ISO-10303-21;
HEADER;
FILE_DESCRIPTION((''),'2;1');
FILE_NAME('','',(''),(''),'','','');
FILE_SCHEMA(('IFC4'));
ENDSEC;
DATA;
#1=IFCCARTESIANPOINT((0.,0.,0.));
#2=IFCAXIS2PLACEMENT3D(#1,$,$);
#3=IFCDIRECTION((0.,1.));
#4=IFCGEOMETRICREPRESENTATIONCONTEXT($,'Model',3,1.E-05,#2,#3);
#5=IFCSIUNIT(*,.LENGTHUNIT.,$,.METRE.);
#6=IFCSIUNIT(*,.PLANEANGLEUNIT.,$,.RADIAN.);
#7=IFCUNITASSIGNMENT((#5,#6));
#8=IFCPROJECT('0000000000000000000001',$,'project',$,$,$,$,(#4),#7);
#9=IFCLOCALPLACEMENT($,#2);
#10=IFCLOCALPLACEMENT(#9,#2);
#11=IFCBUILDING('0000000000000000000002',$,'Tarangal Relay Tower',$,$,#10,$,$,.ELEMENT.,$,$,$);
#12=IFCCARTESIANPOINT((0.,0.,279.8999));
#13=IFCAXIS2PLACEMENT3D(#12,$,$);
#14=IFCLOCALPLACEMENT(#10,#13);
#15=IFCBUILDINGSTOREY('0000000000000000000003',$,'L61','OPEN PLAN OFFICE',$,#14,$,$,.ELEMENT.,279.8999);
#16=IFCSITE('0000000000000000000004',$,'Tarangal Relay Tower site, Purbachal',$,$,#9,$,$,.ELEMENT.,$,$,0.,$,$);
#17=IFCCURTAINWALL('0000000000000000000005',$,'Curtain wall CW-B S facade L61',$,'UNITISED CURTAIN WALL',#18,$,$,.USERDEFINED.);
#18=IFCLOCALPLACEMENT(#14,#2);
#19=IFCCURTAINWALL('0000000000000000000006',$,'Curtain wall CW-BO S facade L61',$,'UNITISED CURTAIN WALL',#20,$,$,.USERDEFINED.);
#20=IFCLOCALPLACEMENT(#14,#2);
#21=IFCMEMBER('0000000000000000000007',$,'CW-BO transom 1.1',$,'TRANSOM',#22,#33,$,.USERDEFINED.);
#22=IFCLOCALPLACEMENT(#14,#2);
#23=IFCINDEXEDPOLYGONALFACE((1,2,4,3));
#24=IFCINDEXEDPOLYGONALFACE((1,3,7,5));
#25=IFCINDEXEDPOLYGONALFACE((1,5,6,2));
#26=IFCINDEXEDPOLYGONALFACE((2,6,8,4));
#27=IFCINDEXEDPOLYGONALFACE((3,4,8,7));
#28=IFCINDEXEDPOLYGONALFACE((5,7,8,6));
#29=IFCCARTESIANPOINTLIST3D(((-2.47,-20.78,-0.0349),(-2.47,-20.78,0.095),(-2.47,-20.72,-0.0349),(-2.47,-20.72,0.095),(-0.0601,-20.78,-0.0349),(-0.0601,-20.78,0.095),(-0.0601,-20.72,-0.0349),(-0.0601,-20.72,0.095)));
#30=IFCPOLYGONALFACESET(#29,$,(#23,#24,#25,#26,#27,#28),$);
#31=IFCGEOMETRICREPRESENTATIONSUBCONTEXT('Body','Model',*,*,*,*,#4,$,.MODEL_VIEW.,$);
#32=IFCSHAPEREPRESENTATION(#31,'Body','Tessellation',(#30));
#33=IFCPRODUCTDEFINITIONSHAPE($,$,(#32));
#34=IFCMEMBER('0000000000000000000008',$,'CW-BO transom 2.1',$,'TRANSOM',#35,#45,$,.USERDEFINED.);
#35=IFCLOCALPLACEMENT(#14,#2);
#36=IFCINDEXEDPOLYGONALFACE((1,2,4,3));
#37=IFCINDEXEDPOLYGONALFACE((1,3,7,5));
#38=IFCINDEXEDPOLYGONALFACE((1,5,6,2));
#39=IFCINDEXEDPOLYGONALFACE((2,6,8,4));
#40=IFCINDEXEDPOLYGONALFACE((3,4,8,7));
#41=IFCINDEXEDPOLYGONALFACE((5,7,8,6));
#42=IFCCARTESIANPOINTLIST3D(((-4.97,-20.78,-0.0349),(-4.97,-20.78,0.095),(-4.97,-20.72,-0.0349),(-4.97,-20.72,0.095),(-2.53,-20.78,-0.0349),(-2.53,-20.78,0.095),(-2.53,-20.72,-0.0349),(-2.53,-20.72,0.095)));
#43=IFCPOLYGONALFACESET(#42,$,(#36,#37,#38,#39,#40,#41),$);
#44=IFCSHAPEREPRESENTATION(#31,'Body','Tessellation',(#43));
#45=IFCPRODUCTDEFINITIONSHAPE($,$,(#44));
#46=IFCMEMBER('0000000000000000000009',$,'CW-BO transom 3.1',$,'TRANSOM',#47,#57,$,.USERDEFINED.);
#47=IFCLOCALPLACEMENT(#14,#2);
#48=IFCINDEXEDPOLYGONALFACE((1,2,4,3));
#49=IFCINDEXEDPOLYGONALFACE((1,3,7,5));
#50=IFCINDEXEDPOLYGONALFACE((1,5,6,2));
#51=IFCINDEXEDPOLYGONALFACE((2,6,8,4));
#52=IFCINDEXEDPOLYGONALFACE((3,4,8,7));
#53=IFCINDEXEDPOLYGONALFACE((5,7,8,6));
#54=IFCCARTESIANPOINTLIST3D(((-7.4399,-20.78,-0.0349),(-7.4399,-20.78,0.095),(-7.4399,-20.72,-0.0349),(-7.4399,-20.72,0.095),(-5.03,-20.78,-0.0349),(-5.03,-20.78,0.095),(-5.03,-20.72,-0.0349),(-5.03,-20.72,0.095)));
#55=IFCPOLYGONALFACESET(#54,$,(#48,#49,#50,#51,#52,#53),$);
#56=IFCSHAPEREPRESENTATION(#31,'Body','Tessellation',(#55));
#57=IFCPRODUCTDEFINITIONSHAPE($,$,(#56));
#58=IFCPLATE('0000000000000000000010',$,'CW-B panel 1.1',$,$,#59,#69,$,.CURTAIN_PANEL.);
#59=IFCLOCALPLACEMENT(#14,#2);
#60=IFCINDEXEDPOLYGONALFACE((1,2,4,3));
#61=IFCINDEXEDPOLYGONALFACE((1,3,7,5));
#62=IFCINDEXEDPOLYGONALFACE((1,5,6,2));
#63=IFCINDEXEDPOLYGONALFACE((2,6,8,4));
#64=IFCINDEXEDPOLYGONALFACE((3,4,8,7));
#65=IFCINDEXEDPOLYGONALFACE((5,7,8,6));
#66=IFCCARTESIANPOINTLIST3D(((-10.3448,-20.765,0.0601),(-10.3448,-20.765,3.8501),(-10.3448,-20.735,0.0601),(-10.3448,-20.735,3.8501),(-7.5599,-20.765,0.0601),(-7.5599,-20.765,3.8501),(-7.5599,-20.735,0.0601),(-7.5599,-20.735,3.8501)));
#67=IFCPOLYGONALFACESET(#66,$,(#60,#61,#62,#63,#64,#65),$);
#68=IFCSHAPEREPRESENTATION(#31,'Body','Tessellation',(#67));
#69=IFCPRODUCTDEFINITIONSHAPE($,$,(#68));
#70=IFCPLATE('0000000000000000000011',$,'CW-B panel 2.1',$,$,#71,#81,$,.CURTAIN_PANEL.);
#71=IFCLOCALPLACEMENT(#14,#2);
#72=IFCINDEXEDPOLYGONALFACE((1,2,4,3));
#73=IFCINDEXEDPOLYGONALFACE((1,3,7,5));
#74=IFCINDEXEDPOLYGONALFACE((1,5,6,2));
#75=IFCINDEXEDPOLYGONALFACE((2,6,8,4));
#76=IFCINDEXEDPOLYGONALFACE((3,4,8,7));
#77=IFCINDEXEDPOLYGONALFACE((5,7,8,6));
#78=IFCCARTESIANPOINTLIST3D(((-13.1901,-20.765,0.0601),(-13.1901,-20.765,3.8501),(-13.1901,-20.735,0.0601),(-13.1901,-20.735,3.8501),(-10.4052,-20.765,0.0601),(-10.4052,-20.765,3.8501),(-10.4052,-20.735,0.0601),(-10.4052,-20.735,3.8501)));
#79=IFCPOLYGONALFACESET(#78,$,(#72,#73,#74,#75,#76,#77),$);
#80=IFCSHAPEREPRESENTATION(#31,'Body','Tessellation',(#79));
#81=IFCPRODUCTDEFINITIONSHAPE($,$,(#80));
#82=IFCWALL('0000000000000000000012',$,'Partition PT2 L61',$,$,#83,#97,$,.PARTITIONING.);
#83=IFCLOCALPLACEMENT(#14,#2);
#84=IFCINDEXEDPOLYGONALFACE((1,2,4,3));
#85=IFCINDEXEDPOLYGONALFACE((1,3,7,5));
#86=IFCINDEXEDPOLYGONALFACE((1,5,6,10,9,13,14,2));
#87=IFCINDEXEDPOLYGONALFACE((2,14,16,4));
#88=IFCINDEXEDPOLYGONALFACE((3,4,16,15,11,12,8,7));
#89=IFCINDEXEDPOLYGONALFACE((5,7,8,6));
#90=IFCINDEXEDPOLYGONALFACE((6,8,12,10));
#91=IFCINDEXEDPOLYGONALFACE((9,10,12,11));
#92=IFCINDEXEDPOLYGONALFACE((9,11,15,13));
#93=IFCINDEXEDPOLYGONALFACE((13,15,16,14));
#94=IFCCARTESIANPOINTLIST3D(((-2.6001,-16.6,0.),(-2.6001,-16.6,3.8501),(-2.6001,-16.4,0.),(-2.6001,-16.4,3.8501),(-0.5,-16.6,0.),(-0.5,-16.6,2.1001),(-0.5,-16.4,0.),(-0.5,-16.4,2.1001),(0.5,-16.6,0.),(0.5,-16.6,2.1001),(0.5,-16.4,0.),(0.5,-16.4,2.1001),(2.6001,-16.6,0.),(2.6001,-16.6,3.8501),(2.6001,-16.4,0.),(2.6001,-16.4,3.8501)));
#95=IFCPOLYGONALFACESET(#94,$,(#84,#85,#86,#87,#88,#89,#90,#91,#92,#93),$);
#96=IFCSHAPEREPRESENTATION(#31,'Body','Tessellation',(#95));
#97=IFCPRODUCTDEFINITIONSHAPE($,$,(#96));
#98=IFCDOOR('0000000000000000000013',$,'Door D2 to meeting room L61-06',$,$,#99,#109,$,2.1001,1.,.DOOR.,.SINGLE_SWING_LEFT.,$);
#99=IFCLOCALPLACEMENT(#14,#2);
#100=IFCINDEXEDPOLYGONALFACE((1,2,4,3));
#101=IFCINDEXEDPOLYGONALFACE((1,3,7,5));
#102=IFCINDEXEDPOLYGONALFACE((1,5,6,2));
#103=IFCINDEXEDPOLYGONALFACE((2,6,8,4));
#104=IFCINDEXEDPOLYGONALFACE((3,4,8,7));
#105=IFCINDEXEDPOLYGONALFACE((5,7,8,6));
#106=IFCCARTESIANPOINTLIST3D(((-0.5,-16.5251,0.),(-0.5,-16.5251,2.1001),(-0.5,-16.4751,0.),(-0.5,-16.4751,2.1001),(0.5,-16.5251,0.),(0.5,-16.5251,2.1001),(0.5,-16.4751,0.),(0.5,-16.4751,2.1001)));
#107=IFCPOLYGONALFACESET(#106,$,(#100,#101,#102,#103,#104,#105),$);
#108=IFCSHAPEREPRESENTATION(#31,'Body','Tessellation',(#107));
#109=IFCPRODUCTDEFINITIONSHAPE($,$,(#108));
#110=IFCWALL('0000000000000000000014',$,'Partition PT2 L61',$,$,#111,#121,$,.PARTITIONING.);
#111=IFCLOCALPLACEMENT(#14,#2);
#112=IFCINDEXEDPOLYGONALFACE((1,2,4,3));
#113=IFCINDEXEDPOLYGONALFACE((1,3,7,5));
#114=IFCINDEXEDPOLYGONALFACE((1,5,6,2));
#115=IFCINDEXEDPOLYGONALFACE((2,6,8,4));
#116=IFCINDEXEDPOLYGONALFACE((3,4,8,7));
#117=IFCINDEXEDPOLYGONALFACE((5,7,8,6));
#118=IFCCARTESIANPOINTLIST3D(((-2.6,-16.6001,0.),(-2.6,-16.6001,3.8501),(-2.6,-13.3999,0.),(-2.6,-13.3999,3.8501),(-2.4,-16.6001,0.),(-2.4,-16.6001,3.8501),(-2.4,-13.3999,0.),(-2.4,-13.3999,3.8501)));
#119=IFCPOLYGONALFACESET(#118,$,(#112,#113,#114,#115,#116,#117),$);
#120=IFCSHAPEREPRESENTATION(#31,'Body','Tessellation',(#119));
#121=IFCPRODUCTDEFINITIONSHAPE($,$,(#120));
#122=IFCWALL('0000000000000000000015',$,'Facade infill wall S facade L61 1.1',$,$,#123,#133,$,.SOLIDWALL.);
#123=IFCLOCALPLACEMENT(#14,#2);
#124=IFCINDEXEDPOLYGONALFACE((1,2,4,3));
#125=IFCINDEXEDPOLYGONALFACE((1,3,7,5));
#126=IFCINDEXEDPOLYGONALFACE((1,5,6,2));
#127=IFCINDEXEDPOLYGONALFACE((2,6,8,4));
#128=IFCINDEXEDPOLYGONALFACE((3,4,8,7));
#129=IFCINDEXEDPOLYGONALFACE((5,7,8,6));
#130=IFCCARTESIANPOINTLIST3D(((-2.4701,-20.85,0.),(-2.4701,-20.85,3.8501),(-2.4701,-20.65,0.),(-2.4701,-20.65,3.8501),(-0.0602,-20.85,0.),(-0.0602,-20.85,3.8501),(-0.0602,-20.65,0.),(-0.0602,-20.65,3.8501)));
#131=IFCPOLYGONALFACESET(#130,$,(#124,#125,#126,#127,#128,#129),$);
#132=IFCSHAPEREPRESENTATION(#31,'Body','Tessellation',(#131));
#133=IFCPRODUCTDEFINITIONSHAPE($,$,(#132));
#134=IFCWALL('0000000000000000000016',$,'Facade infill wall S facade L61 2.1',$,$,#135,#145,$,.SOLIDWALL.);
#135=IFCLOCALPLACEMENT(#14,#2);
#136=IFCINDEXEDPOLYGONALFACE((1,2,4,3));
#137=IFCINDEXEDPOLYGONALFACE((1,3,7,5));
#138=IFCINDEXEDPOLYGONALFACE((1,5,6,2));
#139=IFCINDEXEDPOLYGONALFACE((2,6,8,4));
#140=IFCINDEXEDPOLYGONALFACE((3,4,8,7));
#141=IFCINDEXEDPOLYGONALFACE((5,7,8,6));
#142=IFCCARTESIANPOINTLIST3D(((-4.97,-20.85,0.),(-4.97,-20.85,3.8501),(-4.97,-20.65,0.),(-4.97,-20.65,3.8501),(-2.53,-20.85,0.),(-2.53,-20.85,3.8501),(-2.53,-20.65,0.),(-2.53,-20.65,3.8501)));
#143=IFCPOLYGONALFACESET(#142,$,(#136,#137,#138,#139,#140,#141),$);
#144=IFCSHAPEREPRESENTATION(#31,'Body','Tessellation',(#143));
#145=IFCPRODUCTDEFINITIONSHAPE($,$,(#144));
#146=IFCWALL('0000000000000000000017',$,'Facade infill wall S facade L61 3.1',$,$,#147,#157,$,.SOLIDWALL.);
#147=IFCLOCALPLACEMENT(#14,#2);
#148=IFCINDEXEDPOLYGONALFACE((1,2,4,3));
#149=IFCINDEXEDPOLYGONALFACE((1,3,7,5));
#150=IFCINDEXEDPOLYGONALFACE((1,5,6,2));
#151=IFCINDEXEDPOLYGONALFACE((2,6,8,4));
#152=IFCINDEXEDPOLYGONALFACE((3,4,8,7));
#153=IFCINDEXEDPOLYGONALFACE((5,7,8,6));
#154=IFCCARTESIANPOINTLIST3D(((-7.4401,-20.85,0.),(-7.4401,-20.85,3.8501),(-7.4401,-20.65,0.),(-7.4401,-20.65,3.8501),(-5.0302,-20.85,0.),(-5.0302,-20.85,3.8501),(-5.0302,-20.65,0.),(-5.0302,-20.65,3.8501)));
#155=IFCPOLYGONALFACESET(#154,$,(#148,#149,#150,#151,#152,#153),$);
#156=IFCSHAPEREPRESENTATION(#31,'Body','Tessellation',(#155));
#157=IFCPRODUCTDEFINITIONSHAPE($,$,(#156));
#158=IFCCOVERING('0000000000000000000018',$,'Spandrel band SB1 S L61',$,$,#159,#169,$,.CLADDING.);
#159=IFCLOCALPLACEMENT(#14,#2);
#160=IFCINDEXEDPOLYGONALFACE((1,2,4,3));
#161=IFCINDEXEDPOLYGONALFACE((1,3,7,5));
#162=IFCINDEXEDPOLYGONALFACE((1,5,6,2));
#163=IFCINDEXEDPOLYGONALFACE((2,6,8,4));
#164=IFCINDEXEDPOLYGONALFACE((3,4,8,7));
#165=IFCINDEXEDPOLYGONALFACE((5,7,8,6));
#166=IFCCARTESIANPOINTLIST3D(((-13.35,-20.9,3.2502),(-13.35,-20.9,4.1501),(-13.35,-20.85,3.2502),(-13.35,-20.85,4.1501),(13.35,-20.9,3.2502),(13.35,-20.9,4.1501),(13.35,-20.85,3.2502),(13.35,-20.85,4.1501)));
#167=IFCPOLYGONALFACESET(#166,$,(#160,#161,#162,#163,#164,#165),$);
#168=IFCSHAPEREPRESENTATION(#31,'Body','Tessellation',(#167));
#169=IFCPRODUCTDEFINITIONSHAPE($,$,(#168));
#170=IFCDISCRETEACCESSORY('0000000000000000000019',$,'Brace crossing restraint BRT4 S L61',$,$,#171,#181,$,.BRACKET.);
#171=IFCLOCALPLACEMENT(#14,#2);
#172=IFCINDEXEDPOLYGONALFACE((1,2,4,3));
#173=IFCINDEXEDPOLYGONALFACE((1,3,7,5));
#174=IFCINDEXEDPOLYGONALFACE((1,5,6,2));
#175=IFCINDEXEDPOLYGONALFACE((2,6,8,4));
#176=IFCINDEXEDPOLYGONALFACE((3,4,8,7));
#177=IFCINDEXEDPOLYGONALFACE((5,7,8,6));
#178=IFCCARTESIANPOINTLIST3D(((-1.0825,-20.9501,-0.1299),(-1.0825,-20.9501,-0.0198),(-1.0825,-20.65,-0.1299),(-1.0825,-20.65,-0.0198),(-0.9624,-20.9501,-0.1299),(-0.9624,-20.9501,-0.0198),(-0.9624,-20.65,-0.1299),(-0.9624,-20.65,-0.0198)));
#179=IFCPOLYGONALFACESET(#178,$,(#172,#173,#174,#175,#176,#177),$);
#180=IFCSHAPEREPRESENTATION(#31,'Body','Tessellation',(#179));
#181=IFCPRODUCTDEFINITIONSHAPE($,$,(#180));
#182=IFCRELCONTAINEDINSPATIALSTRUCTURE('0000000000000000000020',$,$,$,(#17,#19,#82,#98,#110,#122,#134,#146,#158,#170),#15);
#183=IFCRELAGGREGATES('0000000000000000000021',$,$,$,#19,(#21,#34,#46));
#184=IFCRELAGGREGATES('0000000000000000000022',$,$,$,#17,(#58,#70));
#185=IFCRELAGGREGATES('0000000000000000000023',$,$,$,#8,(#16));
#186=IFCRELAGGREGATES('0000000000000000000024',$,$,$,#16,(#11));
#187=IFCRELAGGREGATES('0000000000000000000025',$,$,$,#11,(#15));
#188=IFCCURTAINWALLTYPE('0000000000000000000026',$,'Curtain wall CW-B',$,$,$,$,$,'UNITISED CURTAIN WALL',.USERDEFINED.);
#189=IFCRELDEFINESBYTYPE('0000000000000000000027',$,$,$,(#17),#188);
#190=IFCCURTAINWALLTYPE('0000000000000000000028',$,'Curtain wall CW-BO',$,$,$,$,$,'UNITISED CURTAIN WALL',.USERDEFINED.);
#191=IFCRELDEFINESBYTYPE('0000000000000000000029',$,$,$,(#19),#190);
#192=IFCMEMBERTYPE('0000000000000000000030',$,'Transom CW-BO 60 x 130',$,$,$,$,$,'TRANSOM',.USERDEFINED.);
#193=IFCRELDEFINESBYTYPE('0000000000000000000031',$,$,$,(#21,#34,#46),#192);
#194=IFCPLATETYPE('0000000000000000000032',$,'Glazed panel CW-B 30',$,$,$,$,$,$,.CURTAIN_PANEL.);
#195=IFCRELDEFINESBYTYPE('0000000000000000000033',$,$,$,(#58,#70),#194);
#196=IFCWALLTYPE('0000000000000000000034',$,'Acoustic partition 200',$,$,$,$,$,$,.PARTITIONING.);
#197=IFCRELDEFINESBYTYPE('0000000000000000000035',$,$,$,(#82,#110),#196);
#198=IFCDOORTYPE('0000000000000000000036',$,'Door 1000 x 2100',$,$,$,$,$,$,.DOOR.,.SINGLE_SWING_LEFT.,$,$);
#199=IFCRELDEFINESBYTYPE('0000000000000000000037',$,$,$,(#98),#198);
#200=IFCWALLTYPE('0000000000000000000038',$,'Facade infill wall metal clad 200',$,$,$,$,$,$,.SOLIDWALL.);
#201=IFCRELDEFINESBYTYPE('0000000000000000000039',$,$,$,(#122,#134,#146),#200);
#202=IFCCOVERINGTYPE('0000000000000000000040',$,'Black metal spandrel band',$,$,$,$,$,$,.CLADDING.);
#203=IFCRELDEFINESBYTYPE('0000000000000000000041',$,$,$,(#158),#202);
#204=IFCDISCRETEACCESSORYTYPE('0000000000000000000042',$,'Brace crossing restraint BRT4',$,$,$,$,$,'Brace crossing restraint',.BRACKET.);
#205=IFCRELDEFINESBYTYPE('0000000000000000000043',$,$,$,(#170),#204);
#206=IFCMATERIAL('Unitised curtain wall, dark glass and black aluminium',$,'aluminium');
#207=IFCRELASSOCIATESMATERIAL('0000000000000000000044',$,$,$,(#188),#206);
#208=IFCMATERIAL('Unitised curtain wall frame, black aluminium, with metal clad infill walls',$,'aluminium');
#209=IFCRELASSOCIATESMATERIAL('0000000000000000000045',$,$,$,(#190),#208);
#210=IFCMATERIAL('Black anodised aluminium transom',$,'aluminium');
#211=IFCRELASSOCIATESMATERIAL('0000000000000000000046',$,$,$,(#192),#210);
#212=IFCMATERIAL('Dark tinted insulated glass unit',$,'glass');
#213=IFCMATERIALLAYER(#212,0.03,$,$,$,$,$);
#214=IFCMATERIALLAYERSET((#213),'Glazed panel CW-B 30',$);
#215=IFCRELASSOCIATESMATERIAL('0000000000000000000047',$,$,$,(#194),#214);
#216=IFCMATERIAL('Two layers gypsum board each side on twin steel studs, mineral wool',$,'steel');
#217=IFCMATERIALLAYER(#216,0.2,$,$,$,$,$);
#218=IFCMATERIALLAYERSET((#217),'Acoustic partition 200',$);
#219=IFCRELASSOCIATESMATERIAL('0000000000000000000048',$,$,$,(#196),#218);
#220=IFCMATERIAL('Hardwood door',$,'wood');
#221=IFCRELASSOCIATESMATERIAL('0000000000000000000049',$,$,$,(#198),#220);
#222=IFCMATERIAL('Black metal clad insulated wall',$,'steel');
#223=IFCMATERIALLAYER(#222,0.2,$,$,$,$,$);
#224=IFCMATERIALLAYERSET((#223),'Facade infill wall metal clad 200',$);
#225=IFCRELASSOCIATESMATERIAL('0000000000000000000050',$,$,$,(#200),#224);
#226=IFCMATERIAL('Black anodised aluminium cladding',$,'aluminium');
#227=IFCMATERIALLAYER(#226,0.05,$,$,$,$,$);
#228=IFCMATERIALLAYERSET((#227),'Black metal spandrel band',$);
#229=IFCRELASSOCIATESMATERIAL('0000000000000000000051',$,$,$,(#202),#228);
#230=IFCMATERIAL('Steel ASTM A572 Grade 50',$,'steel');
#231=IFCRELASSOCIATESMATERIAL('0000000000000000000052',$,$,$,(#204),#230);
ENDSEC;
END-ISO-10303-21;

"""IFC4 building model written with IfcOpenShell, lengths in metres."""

from ifc_helpers import new_model, si_unit, direction, frame, frame_2d, origin, origin_2d, place, context, subcontext, project, spatial, rectangle, extrude, material, layer, layer_set, material_profile, profile_set, type_object, element, fill, aggregate, save


model = new_model("IFC4")

# Units and contexts
model_context = context("Model", 3, precision=1e-05, world=origin(), true_north=direction((0.0, 1.0)))
body_context = subcontext(model_context, "Body", "Model", "MODEL_VIEW")
ifc_project = project(units=[si_unit("LENGTHUNIT", "METRE"), si_unit("PLANEANGLEUNIT", "RADIAN")], contexts=[model_context])

# Site, building, storey
site_placement = place(None, origin())
site = spatial("IfcSite", under=ifc_project, at=site_placement, Name="Tarangal Relay Tower site, Purbachal", CompositionType="ELEMENT", RefElevation=0.0)
building_placement = place(site_placement, origin())
building = spatial("IfcBuilding", under=site, at=building_placement, Name="Tarangal Relay Tower", CompositionType="ELEMENT")
storey_placement = place(building_placement, frame((0.0, 0.0, 279.8999)))
storey = spatial("IfcBuildingStorey", under=building, at=storey_placement, Name="L61", Description="OPEN PLAN OFFICE", CompositionType="ELEMENT", Elevation=279.8999)

# Shared definitions
ifc_material_1 = material(Name="Steel ASTM A572 Grade 50", Category="steel")

# Curtain walls
ifc_material_2 = material(Name="Unitised curtain wall, dark glass and black aluminium", Category="aluminium")
curtain_wall_type_1 = type_object("IfcCurtainWallType", Name="Curtain wall CW-B", ElementType="UNITISED CURTAIN WALL", PredefinedType="USERDEFINED", material=ifc_material_2)
curtain_wall_1_placement = place(storey_placement, origin())
curtain_wall_1 = element("IfcCurtainWall", 1, at=curtain_wall_1_placement, inside=storey, type_object=curtain_wall_type_1, Name="Curtain wall CW-B S facade L61", ObjectType="UNITISED CURTAIN WALL", PredefinedType="USERDEFINED")
ifc_material_3 = material(Name="Unitised curtain wall frame, black aluminium, with metal clad infill walls", Category="aluminium")
curtain_wall_type_2 = type_object("IfcCurtainWallType", Name="Curtain wall CW-BO", ElementType="UNITISED CURTAIN WALL", PredefinedType="USERDEFINED", material=ifc_material_3)
curtain_wall_2_placement = place(storey_placement, origin())
curtain_wall_2 = element("IfcCurtainWall", 2, at=curtain_wall_2_placement, inside=storey, type_object=curtain_wall_type_2, Name="Curtain wall CW-BO S facade L61", ObjectType="UNITISED CURTAIN WALL", PredefinedType="USERDEFINED")

# Members
ifc_material_4 = material(Name="Black anodised aluminium transom", Category="aluminium")
ifc_material_profile_1 = material_profile(ifc_material_4, rectangle(XDim=0.0601, YDim=0.1299, at=origin_2d()), Name="CW-BOT 60X130")
ifc_profile_set_1 = profile_set([ifc_material_profile_1], Name="Black anodised aluminium transom")
member_type_1 = type_object("IfcMemberType", Name="Transom CW-BO 60 x 130", ElementType="TRANSOM", PredefinedType="USERDEFINED", material=ifc_profile_set_1)
member_1_placement = place(storey_placement, frame((-0.0601, -20.75, 0.03), z_axis=(-1.0, 0.0, 0.0), x_axis=(0.0, -1.0, 0.0)))
member_1 = element("IfcMember", 3, at=member_1_placement, type_object=member_type_1, Name="CW-BO transom 1.1", ObjectType="TRANSOM", PredefinedType="USERDEFINED", context=body_context, shape_type="SweptSolid", body=[
    extrude(rectangle(XDim=0.0601, YDim=0.1299, at=origin_2d()), origin(), (0.0, 0.0, 1.0), 2.4099),
])
member_2_placement = place(storey_placement, frame((-2.53, -20.75, 0.03), z_axis=(-1.0, 0.0, 0.0), x_axis=(0.0, -1.0, 0.0)))
member_2 = element("IfcMember", 4, at=member_2_placement, type_object=member_type_1, Name="CW-BO transom 2.1", ObjectType="TRANSOM", PredefinedType="USERDEFINED", context=body_context, shape_type="SweptSolid", body=[
    extrude(rectangle(XDim=0.0601, YDim=0.1299, at=origin_2d()), origin(), (0.0, 0.0, 1.0), 2.4399),
])
member_3_placement = place(storey_placement, frame((-5.03, -20.75, 0.03), z_axis=(-1.0, 0.0, 0.0), x_axis=(0.0, -1.0, 0.0)))
member_3 = element("IfcMember", 5, at=member_3_placement, type_object=member_type_1, Name="CW-BO transom 3.1", ObjectType="TRANSOM", PredefinedType="USERDEFINED", context=body_context, shape_type="SweptSolid", body=[
    extrude(rectangle(XDim=0.0601, YDim=0.1299, at=origin_2d()), origin(), (0.0, 0.0, 1.0), 2.4099),
])
aggregate(curtain_wall_2, [member_1, member_2, member_3])

# Plates
ifc_material_5 = material(Name="Dark tinted insulated glass unit", Category="glass")
ifc_layer_1 = layer(ifc_material_5, 0.03)
ifc_layer_set_1 = layer_set([ifc_layer_1], Name="Glazed panel CW-B 30")
plate_type = type_object("IfcPlateType", Name="Glazed panel CW-B 30", PredefinedType="CURTAIN_PANEL", material=ifc_layer_set_1)
plate_1_placement = place(storey_placement, frame((-8.9524, -20.75, 0.0601), z_axis=(0.0, 0.0, 1.0), x_axis=(-1.0, 0.0, 0.0)))
plate_1 = element("IfcPlate", 6, at=plate_1_placement, type_object=plate_type, Name="CW-B panel 1.1", PredefinedType="CURTAIN_PANEL", context=body_context, shape_type="SweptSolid", body=[
    extrude(rectangle(XDim=2.7849, YDim=0.03, at=origin_2d()), origin(), (0.0, 0.0, 1.0), 3.79),
])
plate_2_placement = place(storey_placement, frame((-11.7976, -20.75, 0.0601), z_axis=(0.0, 0.0, 1.0), x_axis=(-1.0, 0.0, 0.0)))
plate_2 = element("IfcPlate", 7, at=plate_2_placement, type_object=plate_type, Name="CW-B panel 2.1", PredefinedType="CURTAIN_PANEL", context=body_context, shape_type="SweptSolid", body=[
    extrude(rectangle(XDim=2.7849, YDim=0.03, at=origin_2d()), origin(), (0.0, 0.0, 1.0), 3.79),
])
aggregate(curtain_wall_1, [plate_1, plate_2])

# Wall, opening, door
ifc_material_6 = material(Name="Two layers gypsum board each side on twin steel studs, mineral wool", Category="steel")
ifc_layer_2 = layer(ifc_material_6, 0.2)
ifc_layer_set_2 = layer_set([ifc_layer_2], Name="Acoustic partition 200")
wall_type_1 = type_object("IfcWallType", Name="Acoustic partition 200", PredefinedType="PARTITIONING", material=ifc_layer_set_2)
wall_1_placement = place(storey_placement, frame((-2.6001, -16.5, 0.0), z_axis=(0.0, 0.0, 1.0), x_axis=(1.0, 0.0, 0.0)))
wall_1 = element("IfcWall", 8, at=wall_1_placement, inside=storey, type_object=wall_type_1, Name="Partition PT2 L61", PredefinedType="PARTITIONING", context=body_context, shape_type="SweptSolid", body=[
    extrude(rectangle(XDim=5.2002, YDim=0.2, at=frame_2d((2.6001, 0.0))), origin(), (0.0, 0.0, 1.0), 3.8501),
])
opening_placement = place(wall_1_placement, frame((2.1001, 0.0, 0.0)))
opening = element("IfcOpeningElement", 9, at=opening_placement, cuts=wall_1, PredefinedType="OPENING", context=body_context, shape_type="SweptSolid", body=[
    extrude(rectangle(XDim=1.0, YDim=2.1001, at=frame_2d((0.5, 1.05))), frame((0.0, 0.1099, 0.0), z_axis=(0.0, -1.0, 0.0), x_axis=(1.0, 0.0, 0.0)), (0.0, 0.0, 1.0), 0.22),
])
ifc_material_7 = material(Name="Hardwood door", Category="wood")
door_type = type_object("IfcDoorType", Name="Door 1000 x 2100", OperationType="SINGLE_SWING_LEFT", PredefinedType="DOOR", material=ifc_material_7)
door_placement = place(opening_placement, origin())
door = element("IfcDoor", 10, at=door_placement, inside=storey, type_object=door_type, Name="Door D2 to meeting room L61-06", OperationType="SINGLE_SWING_LEFT", OverallHeight=2.1001, OverallWidth=1.0, PredefinedType="DOOR", context=body_context, shape_type="SweptSolid", body=[
    extrude(rectangle(XDim=1.0, YDim=2.1001, at=frame_2d((0.5, 1.05))), frame((0.0, 0.0249, 0.0), z_axis=(0.0, -1.0, 0.0), x_axis=(1.0, 0.0, 0.0)), (0.0, 0.0, 1.0), 0.05),
])
fill(opening, door)

# Walls
wall_2_placement = place(storey_placement, frame((-2.5, -16.6001, 0.0), z_axis=(0.0, 0.0, 1.0), x_axis=(0.0, 1.0, 0.0)))
element("IfcWall", 11, at=wall_2_placement, inside=storey, type_object=wall_type_1, Name="Partition PT2 L61", PredefinedType="PARTITIONING", context=body_context, shape_type="SweptSolid", body=[
    extrude(rectangle(XDim=3.2002, YDim=0.2, at=frame_2d((1.6001, 0.0))), origin(), (0.0, 0.0, 1.0), 3.8501),
])
ifc_material_8 = material(Name="Black metal clad insulated wall", Category="steel")
ifc_layer_3 = layer(ifc_material_8, 0.2)
ifc_layer_set_3 = layer_set([ifc_layer_3], Name="Facade infill wall metal clad 200")
wall_type_2 = type_object("IfcWallType", Name="Facade infill wall metal clad 200", PredefinedType="SOLIDWALL", material=ifc_layer_set_3)
wall_3_placement = place(storey_placement, frame((-0.0601, -20.75, 0.0), z_axis=(0.0, 0.0, 1.0), x_axis=(-1.0, 0.0, 0.0)))
element("IfcWall", 12, at=wall_3_placement, inside=storey, type_object=wall_type_2, Name="Facade infill wall S facade L61 1.1", PredefinedType="SOLIDWALL", context=body_context, shape_type="SweptSolid", body=[
    extrude(rectangle(XDim=2.4099, YDim=0.2, at=frame_2d((1.2051, 0.0))), origin(), (0.0, 0.0, 1.0), 3.8501),
])
wall_4_placement = place(storey_placement, frame((-2.53, -20.75, 0.0), z_axis=(0.0, 0.0, 1.0), x_axis=(-1.0, 0.0, 0.0)))
element("IfcWall", 13, at=wall_4_placement, inside=storey, type_object=wall_type_2, Name="Facade infill wall S facade L61 2.1", PredefinedType="SOLIDWALL", context=body_context, shape_type="SweptSolid", body=[
    extrude(rectangle(XDim=2.4399, YDim=0.2, at=frame_2d((1.22, 0.0))), origin(), (0.0, 0.0, 1.0), 3.8501),
])
wall_5_placement = place(storey_placement, frame((-5.03, -20.75, 0.0), z_axis=(0.0, 0.0, 1.0), x_axis=(-1.0, 0.0, 0.0)))
element("IfcWall", 14, at=wall_5_placement, inside=storey, type_object=wall_type_2, Name="Facade infill wall S facade L61 3.1", PredefinedType="SOLIDWALL", context=body_context, shape_type="SweptSolid", body=[
    extrude(rectangle(XDim=2.4099, YDim=0.2, at=frame_2d((1.2051, 0.0))), origin(), (0.0, 0.0, 1.0), 3.8501),
])

# Covering
ifc_material_9 = material(Name="Black anodised aluminium cladding", Category="aluminium")
ifc_layer_4 = layer(ifc_material_9, 0.05)
ifc_layer_set_4 = layer_set([ifc_layer_4], Name="Black metal spandrel band")
covering_type = type_object("IfcCoveringType", Name="Black metal spandrel band", PredefinedType="CLADDING", material=ifc_layer_set_4)
covering_placement = place(storey_placement, frame((0.0, -20.875, 3.2502), z_axis=(0.0, 0.0, 1.0), x_axis=(-1.0, 0.0, 0.0)))
element("IfcCovering", 15, at=covering_placement, inside=storey, type_object=covering_type, Name="Spandrel band SB1 S L61", PredefinedType="CLADDING", context=body_context, shape_type="SweptSolid", body=[
    extrude(rectangle(XDim=26.7, YDim=0.05, at=origin_2d()), origin(), (0.0, 0.0, 1.0), 0.8999),
])

# Discrete accessory
discrete_accessory_type = type_object("IfcDiscreteAccessoryType", Name="Brace crossing restraint BRT4", ElementType="Brace crossing restraint", PredefinedType="BRACKET", material=ifc_material_1)
discrete_accessory_placement = place(storey_placement, frame((-1.0225, -20.8, -0.1299), z_axis=(0.0, 0.0, 1.0), x_axis=(1.0, 0.0, 0.0)))
element("IfcDiscreteAccessory", 16, at=discrete_accessory_placement, inside=storey, type_object=discrete_accessory_type, Name="Brace crossing restraint BRT4 S L61", PredefinedType="BRACKET", context=body_context, shape_type="SweptSolid", body=[
    extrude(rectangle(XDim=0.1201, YDim=0.3, at=origin_2d()), origin(), (0.0, 0.0, 1.0), 0.1101),
])

save(model, "model.ifc")
